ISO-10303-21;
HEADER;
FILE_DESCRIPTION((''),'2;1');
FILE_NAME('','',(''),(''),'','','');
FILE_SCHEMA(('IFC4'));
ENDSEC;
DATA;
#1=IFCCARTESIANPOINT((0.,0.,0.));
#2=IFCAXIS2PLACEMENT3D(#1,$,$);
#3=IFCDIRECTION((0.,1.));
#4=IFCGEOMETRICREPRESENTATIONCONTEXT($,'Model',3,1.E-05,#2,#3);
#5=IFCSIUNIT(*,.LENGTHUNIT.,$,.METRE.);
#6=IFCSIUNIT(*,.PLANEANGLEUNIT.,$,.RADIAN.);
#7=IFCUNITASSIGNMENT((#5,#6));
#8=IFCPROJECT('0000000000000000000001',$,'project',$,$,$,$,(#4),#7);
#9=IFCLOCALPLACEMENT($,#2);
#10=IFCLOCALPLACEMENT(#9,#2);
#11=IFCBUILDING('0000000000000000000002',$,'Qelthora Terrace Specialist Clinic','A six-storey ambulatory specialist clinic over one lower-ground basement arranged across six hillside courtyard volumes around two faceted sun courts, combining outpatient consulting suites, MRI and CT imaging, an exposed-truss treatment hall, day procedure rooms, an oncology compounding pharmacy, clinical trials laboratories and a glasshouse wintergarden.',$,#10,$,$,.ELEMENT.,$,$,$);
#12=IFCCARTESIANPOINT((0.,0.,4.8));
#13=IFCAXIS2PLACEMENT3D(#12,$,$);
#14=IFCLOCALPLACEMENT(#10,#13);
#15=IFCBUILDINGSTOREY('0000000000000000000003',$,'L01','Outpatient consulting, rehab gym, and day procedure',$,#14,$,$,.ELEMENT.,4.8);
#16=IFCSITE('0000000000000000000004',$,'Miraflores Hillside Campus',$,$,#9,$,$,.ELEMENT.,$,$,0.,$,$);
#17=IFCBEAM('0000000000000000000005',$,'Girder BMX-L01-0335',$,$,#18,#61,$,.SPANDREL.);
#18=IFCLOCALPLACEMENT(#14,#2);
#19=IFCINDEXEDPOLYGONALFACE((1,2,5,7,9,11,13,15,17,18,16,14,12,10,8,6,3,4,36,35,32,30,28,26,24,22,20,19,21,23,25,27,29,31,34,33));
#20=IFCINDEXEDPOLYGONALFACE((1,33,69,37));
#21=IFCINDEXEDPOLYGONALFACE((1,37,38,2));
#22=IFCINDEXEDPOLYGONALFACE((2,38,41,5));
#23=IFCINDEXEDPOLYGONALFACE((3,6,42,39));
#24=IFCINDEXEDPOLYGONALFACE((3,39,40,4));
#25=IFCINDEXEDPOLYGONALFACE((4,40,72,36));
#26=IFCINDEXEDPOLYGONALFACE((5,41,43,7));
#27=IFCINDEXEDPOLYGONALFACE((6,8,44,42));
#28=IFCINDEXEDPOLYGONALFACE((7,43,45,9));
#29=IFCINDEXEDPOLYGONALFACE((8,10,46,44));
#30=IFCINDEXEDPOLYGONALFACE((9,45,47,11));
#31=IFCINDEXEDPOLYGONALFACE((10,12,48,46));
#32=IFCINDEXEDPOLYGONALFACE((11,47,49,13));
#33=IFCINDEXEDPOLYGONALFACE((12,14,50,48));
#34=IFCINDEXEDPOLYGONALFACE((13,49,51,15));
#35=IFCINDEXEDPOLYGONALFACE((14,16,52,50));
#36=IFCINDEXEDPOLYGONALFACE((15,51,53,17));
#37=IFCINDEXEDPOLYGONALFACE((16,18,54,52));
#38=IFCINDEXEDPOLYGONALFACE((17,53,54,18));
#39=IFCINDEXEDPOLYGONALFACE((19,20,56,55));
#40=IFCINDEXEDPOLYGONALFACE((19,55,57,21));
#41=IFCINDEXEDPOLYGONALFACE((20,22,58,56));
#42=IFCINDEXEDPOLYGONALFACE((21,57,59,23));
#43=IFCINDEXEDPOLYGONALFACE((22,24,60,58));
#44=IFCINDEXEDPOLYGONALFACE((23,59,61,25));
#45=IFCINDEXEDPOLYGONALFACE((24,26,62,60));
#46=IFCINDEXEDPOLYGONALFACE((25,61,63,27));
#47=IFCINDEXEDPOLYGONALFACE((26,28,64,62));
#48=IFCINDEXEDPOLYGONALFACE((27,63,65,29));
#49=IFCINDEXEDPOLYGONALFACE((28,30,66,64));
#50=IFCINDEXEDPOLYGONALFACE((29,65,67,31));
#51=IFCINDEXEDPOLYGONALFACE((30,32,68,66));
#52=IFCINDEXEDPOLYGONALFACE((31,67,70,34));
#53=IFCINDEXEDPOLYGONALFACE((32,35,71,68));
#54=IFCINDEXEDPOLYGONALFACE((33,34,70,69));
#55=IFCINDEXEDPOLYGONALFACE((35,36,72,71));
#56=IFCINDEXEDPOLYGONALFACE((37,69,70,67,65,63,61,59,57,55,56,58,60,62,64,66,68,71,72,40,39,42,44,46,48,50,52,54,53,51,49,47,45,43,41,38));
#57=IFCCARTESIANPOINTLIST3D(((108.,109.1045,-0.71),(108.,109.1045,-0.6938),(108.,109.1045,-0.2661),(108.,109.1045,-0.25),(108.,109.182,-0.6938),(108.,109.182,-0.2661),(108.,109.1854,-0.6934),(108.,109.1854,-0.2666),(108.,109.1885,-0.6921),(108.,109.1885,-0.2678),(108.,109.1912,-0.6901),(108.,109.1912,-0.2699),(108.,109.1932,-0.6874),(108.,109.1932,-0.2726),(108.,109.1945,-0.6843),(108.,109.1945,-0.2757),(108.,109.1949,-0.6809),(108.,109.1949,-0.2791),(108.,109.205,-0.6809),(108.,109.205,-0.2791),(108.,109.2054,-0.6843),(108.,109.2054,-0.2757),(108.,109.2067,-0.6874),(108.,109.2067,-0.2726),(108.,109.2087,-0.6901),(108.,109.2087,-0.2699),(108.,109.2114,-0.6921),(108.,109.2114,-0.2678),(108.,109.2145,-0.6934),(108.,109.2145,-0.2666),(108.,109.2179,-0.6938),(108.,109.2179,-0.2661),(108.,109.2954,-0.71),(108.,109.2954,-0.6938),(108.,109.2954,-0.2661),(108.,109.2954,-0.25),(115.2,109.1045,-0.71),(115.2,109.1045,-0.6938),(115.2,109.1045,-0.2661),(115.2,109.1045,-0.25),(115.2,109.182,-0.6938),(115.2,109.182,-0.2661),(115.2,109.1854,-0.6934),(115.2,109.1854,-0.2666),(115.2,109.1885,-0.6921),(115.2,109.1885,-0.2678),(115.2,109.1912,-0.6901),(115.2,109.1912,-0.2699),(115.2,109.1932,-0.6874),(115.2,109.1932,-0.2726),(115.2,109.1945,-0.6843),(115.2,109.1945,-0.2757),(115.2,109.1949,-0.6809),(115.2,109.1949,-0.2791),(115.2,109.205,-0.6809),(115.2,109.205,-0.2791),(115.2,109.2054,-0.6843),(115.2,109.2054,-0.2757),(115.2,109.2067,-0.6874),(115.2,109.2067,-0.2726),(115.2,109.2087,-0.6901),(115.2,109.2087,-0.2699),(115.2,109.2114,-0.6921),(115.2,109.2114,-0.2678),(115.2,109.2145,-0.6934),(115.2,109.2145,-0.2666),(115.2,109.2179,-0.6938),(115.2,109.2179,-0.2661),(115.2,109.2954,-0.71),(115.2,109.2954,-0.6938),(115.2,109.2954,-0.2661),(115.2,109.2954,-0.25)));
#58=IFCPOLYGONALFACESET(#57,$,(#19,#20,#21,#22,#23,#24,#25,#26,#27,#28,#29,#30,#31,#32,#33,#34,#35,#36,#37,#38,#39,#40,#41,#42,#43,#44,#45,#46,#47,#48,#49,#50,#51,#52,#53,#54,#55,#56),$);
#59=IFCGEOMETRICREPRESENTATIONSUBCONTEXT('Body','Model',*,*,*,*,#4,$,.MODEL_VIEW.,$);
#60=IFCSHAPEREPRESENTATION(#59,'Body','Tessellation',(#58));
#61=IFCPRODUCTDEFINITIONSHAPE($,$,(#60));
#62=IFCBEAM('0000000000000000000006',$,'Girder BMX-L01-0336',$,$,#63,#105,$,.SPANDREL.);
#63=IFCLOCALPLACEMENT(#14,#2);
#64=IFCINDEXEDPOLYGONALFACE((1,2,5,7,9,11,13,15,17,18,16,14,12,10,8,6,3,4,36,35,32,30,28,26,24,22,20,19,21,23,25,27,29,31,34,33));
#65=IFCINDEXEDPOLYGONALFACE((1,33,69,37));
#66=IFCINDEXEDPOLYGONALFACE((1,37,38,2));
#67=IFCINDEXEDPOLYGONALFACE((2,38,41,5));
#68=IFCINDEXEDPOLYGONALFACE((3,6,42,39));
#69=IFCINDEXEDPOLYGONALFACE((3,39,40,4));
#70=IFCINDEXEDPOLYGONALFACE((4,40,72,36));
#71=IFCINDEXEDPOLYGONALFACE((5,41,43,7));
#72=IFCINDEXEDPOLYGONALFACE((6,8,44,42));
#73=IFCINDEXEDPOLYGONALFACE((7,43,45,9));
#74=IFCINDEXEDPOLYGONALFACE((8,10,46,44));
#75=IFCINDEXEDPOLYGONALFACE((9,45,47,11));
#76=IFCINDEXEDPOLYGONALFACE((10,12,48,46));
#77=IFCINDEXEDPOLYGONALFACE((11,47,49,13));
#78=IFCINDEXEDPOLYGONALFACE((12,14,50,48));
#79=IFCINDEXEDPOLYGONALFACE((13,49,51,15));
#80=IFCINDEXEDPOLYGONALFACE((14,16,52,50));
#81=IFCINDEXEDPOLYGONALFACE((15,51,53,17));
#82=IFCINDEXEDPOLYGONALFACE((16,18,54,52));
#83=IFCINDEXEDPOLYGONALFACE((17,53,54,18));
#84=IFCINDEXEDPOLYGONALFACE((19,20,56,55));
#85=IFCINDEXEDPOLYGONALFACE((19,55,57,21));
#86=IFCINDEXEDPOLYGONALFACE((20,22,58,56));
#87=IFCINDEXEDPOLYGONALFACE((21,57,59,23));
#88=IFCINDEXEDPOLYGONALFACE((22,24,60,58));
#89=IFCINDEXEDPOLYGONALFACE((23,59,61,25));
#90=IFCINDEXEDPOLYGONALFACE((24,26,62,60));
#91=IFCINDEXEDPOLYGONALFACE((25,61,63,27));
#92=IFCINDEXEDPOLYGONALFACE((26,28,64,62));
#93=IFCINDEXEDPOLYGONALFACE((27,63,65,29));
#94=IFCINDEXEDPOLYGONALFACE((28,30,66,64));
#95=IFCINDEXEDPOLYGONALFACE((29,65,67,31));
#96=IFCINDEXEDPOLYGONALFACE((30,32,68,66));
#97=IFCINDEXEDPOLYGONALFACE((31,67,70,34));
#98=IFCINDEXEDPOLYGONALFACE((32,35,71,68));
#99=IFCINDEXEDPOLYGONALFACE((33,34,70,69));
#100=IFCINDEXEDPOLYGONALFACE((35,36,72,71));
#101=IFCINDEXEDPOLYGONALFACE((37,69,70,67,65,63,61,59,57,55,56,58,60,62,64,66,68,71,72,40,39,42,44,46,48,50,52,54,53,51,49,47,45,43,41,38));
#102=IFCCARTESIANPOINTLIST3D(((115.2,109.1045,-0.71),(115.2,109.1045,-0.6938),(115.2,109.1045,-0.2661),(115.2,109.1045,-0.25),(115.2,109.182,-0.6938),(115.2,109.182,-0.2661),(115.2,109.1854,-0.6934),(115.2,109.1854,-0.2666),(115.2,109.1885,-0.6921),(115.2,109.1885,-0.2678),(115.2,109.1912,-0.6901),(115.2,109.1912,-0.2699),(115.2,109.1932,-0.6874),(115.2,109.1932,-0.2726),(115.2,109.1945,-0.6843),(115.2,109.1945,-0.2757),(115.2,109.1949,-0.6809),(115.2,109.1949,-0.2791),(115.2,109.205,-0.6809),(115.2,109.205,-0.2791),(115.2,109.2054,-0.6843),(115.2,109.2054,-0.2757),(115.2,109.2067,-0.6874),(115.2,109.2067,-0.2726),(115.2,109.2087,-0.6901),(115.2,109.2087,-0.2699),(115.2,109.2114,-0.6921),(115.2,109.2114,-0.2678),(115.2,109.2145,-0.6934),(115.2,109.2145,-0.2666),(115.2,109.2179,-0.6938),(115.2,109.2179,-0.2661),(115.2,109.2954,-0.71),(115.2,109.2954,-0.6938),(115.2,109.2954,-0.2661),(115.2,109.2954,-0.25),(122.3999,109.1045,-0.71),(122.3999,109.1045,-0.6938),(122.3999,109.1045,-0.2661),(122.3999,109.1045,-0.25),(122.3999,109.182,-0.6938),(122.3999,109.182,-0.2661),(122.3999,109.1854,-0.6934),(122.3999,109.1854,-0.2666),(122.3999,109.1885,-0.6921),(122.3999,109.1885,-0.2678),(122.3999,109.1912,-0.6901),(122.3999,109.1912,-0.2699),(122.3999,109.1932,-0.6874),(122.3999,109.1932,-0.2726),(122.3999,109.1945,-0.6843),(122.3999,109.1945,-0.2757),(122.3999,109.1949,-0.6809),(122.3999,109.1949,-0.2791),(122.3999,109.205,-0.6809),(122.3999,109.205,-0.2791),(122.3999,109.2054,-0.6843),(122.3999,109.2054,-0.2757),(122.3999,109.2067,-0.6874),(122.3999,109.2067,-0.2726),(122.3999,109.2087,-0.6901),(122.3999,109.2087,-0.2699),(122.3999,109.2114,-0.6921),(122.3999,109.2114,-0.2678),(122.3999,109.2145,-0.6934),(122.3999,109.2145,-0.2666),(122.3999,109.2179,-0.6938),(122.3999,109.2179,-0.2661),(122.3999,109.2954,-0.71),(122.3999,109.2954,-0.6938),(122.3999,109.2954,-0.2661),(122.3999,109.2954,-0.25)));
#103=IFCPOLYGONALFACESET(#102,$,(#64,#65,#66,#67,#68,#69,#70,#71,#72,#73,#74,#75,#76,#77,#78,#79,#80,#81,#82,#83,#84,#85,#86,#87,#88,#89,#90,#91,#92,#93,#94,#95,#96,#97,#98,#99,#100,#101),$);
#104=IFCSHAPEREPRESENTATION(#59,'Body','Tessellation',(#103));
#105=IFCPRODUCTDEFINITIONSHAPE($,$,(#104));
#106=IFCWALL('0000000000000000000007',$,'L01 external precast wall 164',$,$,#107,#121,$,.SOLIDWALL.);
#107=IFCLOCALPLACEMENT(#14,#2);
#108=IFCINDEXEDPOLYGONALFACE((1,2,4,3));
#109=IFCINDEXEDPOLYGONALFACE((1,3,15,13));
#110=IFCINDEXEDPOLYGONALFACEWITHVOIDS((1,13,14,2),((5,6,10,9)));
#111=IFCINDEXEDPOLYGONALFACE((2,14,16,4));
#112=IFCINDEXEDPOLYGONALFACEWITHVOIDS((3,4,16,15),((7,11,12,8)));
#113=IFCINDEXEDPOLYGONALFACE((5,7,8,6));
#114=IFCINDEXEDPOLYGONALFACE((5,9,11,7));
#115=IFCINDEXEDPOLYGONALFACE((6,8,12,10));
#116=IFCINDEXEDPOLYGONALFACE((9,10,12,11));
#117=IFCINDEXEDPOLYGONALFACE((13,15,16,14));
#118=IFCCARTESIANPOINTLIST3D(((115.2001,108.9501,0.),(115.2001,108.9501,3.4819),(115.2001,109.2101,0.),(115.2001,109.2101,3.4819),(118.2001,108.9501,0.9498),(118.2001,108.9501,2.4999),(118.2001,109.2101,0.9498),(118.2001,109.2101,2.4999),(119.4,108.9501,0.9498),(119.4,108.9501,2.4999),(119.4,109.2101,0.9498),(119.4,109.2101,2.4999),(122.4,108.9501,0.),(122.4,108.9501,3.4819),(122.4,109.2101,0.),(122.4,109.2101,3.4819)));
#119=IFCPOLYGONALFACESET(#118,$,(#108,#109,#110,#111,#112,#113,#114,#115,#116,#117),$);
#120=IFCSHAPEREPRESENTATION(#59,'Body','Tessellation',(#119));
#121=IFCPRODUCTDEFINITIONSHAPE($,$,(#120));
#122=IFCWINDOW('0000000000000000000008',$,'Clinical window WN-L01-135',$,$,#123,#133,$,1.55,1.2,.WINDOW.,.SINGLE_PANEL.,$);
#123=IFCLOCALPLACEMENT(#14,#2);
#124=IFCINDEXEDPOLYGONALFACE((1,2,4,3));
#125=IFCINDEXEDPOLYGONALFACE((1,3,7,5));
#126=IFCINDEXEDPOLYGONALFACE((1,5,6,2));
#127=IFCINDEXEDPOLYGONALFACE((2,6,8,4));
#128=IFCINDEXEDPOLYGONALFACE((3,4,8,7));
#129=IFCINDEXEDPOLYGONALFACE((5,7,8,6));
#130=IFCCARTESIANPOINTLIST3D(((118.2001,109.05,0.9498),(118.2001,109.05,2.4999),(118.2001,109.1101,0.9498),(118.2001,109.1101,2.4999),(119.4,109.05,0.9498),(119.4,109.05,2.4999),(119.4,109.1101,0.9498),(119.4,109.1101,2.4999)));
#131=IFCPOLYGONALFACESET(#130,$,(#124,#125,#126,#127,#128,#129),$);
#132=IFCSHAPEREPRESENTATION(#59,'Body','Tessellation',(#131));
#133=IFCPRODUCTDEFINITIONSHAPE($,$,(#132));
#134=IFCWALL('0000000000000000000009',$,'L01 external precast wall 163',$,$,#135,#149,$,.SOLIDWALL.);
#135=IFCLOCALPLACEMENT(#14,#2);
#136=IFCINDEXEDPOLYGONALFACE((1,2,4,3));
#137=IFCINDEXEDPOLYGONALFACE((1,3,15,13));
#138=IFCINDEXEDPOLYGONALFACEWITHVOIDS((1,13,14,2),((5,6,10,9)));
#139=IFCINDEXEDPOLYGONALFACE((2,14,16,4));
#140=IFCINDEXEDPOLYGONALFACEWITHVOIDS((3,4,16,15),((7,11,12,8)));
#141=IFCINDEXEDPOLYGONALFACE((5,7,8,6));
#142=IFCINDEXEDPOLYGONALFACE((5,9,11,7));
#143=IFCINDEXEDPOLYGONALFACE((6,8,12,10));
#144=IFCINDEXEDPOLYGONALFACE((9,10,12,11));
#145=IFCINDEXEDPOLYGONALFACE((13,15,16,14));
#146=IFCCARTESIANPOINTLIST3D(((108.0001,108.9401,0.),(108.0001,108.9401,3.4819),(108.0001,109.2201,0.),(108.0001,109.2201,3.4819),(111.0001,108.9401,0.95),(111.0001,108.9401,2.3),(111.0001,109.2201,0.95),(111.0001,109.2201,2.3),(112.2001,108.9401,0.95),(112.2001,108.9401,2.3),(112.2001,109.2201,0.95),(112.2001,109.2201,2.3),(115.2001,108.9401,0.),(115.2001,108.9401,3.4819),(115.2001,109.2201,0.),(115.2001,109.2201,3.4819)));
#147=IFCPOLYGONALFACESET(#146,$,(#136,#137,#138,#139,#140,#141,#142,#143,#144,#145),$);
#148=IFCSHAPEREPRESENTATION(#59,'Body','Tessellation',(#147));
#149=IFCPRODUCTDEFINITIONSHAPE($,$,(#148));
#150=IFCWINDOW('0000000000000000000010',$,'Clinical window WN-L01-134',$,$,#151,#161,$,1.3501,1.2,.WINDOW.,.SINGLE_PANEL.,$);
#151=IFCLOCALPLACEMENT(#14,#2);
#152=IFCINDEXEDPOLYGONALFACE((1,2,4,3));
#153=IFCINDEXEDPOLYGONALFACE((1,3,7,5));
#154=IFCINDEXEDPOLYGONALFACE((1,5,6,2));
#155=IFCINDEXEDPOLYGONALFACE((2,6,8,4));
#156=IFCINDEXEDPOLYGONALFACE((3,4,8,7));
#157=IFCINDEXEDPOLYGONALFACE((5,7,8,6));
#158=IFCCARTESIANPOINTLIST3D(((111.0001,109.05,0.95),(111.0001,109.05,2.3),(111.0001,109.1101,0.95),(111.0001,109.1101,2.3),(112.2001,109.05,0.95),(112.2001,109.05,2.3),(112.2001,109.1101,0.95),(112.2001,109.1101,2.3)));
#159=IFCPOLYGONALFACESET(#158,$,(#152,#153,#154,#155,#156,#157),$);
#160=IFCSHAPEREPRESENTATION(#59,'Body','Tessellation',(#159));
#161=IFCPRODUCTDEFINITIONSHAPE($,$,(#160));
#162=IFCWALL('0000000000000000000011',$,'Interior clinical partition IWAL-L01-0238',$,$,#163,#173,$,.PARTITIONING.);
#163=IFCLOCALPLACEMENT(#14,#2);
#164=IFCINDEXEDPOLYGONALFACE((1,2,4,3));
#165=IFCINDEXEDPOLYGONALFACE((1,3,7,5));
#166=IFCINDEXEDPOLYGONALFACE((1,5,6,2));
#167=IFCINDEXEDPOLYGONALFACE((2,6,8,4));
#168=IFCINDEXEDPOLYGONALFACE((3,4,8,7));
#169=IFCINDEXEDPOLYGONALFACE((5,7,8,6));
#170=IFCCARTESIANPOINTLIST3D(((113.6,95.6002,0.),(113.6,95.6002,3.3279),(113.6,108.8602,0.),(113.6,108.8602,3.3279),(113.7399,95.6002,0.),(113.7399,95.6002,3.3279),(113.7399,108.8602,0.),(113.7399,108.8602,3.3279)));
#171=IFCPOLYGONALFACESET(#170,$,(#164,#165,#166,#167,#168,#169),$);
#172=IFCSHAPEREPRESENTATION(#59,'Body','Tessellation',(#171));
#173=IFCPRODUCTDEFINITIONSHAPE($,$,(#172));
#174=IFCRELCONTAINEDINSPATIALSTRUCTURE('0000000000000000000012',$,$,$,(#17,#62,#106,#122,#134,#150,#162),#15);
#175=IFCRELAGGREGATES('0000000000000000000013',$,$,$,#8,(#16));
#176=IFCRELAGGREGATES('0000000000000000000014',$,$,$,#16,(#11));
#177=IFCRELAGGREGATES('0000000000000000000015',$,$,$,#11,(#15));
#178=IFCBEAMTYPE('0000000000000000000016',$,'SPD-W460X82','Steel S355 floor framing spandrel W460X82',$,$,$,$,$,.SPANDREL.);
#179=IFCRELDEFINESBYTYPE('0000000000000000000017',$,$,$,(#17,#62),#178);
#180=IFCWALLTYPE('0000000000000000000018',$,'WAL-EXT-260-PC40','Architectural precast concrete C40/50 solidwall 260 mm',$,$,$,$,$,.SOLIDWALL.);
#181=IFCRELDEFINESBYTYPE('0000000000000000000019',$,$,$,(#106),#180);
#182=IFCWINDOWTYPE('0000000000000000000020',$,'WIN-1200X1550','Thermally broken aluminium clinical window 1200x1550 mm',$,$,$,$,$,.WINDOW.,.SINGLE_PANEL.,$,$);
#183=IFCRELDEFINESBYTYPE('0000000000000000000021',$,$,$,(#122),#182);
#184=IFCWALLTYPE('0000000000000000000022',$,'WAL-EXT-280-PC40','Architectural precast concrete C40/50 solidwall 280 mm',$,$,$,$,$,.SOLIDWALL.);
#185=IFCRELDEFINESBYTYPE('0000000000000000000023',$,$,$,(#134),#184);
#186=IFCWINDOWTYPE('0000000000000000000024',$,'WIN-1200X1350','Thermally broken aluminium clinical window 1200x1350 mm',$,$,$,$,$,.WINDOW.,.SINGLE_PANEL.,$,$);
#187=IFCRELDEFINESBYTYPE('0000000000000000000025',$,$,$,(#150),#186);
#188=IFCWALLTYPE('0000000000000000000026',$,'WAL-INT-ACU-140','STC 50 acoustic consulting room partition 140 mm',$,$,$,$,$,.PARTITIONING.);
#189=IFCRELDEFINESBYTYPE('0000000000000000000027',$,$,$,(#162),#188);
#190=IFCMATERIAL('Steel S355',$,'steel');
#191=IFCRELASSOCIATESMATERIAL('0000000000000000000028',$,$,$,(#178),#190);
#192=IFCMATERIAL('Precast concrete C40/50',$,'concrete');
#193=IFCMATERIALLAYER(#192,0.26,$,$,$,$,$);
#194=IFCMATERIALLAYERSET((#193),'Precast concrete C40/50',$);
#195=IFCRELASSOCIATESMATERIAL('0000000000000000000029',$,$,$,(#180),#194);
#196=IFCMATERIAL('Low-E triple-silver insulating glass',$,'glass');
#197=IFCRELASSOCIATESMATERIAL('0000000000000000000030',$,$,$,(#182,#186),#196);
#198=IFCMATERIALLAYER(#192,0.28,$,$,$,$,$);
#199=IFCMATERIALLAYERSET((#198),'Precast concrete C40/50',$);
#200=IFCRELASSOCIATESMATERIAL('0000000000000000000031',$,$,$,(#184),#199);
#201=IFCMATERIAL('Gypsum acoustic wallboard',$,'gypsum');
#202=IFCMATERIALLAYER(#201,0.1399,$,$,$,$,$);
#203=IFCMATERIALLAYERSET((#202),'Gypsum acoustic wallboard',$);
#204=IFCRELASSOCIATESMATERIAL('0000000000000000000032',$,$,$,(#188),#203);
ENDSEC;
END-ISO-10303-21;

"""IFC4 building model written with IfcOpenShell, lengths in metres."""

from ifc_helpers import new_model, si_unit, direction, frame, frame_2d, origin, origin_2d, place, context, subcontext, project, spatial, rectangle, i_section, extrude, material, layer, layer_set, material_profile, profile_set, type_object, element, fill, save


model = new_model("IFC4")

# Units and contexts
model_context = context("Model", 3, precision=1e-05, world=origin(), true_north=direction((0.0, 1.0)))
body_context = subcontext(model_context, "Body", "Model", "MODEL_VIEW")
ifc_project = project(units=[si_unit("LENGTHUNIT", "METRE"), si_unit("PLANEANGLEUNIT", "RADIAN")], contexts=[model_context])

# Site, building, storey
site_placement = place(None, origin())
site = spatial("IfcSite", under=ifc_project, at=site_placement, Name="Miraflores Hillside Campus", CompositionType="ELEMENT", RefElevation=0.0)
building_placement = place(site_placement, origin())
building = spatial("IfcBuilding", under=site, at=building_placement, Name="Qelthora Terrace Specialist Clinic", Description="A six-storey ambulatory specialist clinic over one lower-ground basement arranged across six hillside courtyard volumes around two faceted sun courts, combining outpatient consulting suites, MRI and CT imaging, an exposed-truss treatment hall, day procedure rooms, an oncology compounding pharmacy, clinical trials laboratories and a glasshouse wintergarden.", CompositionType="ELEMENT")
storey_placement = place(building_placement, frame((0.0, 0.0, 4.8)))
storey = spatial("IfcBuildingStorey", under=building, at=storey_placement, Name="L01", Description="Outpatient consulting, rehab gym, and day procedure", CompositionType="ELEMENT", Elevation=4.8)

# Shared definitions
ifc_material_1 = material(Name="Steel S355", Category="steel")

# Beams
ifc_material_profile_1 = material_profile(ifc_material_1, i_section(OverallWidth=0.1909, OverallDepth=0.46, WebThickness=0.01, FlangeThickness=0.0161, FilletRadius=0.0129, at=origin_2d()), Name="W460X82")
ifc_profile_set_1 = profile_set([ifc_material_profile_1], Name="Steel S355")
beam_type_1 = type_object("IfcBeamType", Name="SPD-W460X82", Description="Steel S355 floor framing spandrel W460X82", PredefinedType="SPANDREL", material=ifc_profile_set_1)
for number, where, z_axis, x_axis, name in (
    (1, (108.0, 109.2, -0.48), (1.0, 0.0, 0.0), (0.0, 1.0, 0.0), "Girder BMX-L01-0335"),
    (2, (115.2, 109.2, -0.48), (1.0, 0.0, 0.0), (0.0, 1.0, 0.0), "Girder BMX-L01-0336"),
):
    element("IfcBeam", number, at=place(storey_placement, frame(where, z_axis=z_axis, x_axis=x_axis)), inside=storey, type_object=beam_type_1, Name=name, PredefinedType="SPANDREL", context=body_context, shape_type="SweptSolid", body=[
        extrude(i_section(OverallWidth=0.1909, OverallDepth=0.46, WebThickness=0.01, FlangeThickness=0.0161, FilletRadius=0.0129, at=origin_2d()), origin(), (0.0, 0.0, 1.0), 7.2),
    ])

# Walls, openings, windows
ifc_material_2 = material(Name="Precast concrete C40/50", Category="concrete")
ifc_layer_1 = layer(ifc_material_2, 0.26)
ifc_layer_set_1 = layer_set([ifc_layer_1], Name="Precast concrete C40/50")
wall_type_1 = type_object("IfcWallType", Name="WAL-EXT-260-PC40", Description="Architectural precast concrete C40/50 solidwall 260 mm", PredefinedType="SOLIDWALL", material=ifc_layer_set_1)
wall_1_placement = place(storey_placement, frame((115.2, 109.0801, 0.0), z_axis=(0.0, 0.0, 1.0), x_axis=(1.0, 0.0, 0.0)))
wall_1 = element("IfcWall", 3, at=wall_1_placement, inside=storey, type_object=wall_type_1, Name="L01 external precast wall 164", PredefinedType="SOLIDWALL", context=body_context, shape_type="SweptSolid", body=[
    extrude(rectangle(XDim=7.2, YDim=0.26, at=frame_2d((3.6001, 0.0))), origin(), (0.0, 0.0, 1.0), 3.4819),
])
opening_1_placement = place(wall_1_placement, frame((3.0, 0.0, 0.95)))
opening_1 = element("IfcOpeningElement", 4, at=opening_1_placement, cuts=wall_1, PredefinedType="OPENING", context=body_context, shape_type="SweptSolid", body=[
    extrude(rectangle(XDim=1.2, YDim=1.55, at=frame_2d((0.6001, 0.7749))), frame((0.0, 0.1399, 0.0), z_axis=(0.0, -1.0, 0.0), x_axis=(1.0, 0.0, 0.0)), (0.0, 0.0, 1.0), 0.28),
])
ifc_material_3 = material(Name="Low-E triple-silver insulating glass", Category="glass")
window_type_1 = type_object("IfcWindowType", Name="WIN-1200X1550", Description="Thermally broken aluminium clinical window 1200x1550 mm", PartitioningType="SINGLE_PANEL", PredefinedType="WINDOW", material=ifc_material_3)
window_1_placement = place(opening_1_placement, origin())
window_1 = element("IfcWindow", 5, at=window_1_placement, inside=storey, type_object=window_type_1, Name="Clinical window WN-L01-135", OverallHeight=1.55, OverallWidth=1.2, PartitioningType="SINGLE_PANEL", PredefinedType="WINDOW", context=body_context, shape_type="SweptSolid", body=[
    extrude(rectangle(XDim=1.2, YDim=1.55, at=frame_2d((0.6001, 0.7749))), frame((0.0, 0.03, 0.0), z_axis=(0.0, -1.0, 0.0), x_axis=(1.0, 0.0, 0.0)), (0.0, 0.0, 1.0), 0.0601),
])
fill(opening_1, window_1)
ifc_layer_2 = layer(ifc_material_2, 0.28)
ifc_layer_set_2 = layer_set([ifc_layer_2], Name="Precast concrete C40/50")
wall_type_2 = type_object("IfcWallType", Name="WAL-EXT-280-PC40", Description="Architectural precast concrete C40/50 solidwall 280 mm", PredefinedType="SOLIDWALL", material=ifc_layer_set_2)
wall_2_placement = place(storey_placement, frame((108.0, 109.0801, 0.0), z_axis=(0.0, 0.0, 1.0), x_axis=(1.0, 0.0, 0.0)))
wall_2 = element("IfcWall", 6, at=wall_2_placement, inside=storey, type_object=wall_type_2, Name="L01 external precast wall 163", PredefinedType="SOLIDWALL", context=body_context, shape_type="SweptSolid", body=[
    extrude(rectangle(XDim=7.2, YDim=0.28, at=frame_2d((3.6001, 0.0))), origin(), (0.0, 0.0, 1.0), 3.4819),
])
opening_2_placement = place(wall_2_placement, frame((3.0, 0.0, 0.95)))
opening_2 = element("IfcOpeningElement", 7, at=opening_2_placement, cuts=wall_2, PredefinedType="OPENING", context=body_context, shape_type="SweptSolid", body=[
    extrude(rectangle(XDim=1.2, YDim=1.3501, at=frame_2d((0.6001, 0.675))), frame((0.0, 0.1499, 0.0), z_axis=(0.0, -1.0, 0.0), x_axis=(1.0, 0.0, 0.0)), (0.0, 0.0, 1.0), 0.3),
])
window_type_2 = type_object("IfcWindowType", Name="WIN-1200X1350", Description="Thermally broken aluminium clinical window 1200x1350 mm", PartitioningType="SINGLE_PANEL", PredefinedType="WINDOW", material=ifc_material_3)
window_2_placement = place(opening_2_placement, origin())
window_2 = element("IfcWindow", 8, at=window_2_placement, inside=storey, type_object=window_type_2, Name="Clinical window WN-L01-134", OverallHeight=1.3501, OverallWidth=1.2, PartitioningType="SINGLE_PANEL", PredefinedType="WINDOW", context=body_context, shape_type="SweptSolid", body=[
    extrude(rectangle(XDim=1.2, YDim=1.3501, at=frame_2d((0.6001, 0.675))), frame((0.0, 0.03, 0.0), z_axis=(0.0, -1.0, 0.0), x_axis=(1.0, 0.0, 0.0)), (0.0, 0.0, 1.0), 0.0601),
])
fill(opening_2, window_2)

# Wall
ifc_material_4 = material(Name="Gypsum acoustic wallboard", Category="gypsum")
ifc_layer_3 = layer(ifc_material_4, 0.1399)
ifc_layer_set_3 = layer_set([ifc_layer_3], Name="Gypsum acoustic wallboard")
wall_type_3 = type_object("IfcWallType", Name="WAL-INT-ACU-140", Description="STC 50 acoustic consulting room partition 140 mm", PredefinedType="PARTITIONING", material=ifc_layer_set_3)
wall_3_placement = place(storey_placement, frame((113.6699, 108.8601, 0.0), z_axis=(0.0, 0.0, 1.0), x_axis=(0.0, -1.0, 0.0)))
element("IfcWall", 9, at=wall_3_placement, inside=storey, type_object=wall_type_3, Name="Interior clinical partition IWAL-L01-0238", PredefinedType="PARTITIONING", context=body_context, shape_type="SweptSolid", body=[
    extrude(rectangle(XDim=13.26, YDim=0.1399, at=frame_2d((6.6299, 0.0))), origin(), (0.0, 0.0, 1.0), 3.3279),
])

save(model, "model.ifc")
